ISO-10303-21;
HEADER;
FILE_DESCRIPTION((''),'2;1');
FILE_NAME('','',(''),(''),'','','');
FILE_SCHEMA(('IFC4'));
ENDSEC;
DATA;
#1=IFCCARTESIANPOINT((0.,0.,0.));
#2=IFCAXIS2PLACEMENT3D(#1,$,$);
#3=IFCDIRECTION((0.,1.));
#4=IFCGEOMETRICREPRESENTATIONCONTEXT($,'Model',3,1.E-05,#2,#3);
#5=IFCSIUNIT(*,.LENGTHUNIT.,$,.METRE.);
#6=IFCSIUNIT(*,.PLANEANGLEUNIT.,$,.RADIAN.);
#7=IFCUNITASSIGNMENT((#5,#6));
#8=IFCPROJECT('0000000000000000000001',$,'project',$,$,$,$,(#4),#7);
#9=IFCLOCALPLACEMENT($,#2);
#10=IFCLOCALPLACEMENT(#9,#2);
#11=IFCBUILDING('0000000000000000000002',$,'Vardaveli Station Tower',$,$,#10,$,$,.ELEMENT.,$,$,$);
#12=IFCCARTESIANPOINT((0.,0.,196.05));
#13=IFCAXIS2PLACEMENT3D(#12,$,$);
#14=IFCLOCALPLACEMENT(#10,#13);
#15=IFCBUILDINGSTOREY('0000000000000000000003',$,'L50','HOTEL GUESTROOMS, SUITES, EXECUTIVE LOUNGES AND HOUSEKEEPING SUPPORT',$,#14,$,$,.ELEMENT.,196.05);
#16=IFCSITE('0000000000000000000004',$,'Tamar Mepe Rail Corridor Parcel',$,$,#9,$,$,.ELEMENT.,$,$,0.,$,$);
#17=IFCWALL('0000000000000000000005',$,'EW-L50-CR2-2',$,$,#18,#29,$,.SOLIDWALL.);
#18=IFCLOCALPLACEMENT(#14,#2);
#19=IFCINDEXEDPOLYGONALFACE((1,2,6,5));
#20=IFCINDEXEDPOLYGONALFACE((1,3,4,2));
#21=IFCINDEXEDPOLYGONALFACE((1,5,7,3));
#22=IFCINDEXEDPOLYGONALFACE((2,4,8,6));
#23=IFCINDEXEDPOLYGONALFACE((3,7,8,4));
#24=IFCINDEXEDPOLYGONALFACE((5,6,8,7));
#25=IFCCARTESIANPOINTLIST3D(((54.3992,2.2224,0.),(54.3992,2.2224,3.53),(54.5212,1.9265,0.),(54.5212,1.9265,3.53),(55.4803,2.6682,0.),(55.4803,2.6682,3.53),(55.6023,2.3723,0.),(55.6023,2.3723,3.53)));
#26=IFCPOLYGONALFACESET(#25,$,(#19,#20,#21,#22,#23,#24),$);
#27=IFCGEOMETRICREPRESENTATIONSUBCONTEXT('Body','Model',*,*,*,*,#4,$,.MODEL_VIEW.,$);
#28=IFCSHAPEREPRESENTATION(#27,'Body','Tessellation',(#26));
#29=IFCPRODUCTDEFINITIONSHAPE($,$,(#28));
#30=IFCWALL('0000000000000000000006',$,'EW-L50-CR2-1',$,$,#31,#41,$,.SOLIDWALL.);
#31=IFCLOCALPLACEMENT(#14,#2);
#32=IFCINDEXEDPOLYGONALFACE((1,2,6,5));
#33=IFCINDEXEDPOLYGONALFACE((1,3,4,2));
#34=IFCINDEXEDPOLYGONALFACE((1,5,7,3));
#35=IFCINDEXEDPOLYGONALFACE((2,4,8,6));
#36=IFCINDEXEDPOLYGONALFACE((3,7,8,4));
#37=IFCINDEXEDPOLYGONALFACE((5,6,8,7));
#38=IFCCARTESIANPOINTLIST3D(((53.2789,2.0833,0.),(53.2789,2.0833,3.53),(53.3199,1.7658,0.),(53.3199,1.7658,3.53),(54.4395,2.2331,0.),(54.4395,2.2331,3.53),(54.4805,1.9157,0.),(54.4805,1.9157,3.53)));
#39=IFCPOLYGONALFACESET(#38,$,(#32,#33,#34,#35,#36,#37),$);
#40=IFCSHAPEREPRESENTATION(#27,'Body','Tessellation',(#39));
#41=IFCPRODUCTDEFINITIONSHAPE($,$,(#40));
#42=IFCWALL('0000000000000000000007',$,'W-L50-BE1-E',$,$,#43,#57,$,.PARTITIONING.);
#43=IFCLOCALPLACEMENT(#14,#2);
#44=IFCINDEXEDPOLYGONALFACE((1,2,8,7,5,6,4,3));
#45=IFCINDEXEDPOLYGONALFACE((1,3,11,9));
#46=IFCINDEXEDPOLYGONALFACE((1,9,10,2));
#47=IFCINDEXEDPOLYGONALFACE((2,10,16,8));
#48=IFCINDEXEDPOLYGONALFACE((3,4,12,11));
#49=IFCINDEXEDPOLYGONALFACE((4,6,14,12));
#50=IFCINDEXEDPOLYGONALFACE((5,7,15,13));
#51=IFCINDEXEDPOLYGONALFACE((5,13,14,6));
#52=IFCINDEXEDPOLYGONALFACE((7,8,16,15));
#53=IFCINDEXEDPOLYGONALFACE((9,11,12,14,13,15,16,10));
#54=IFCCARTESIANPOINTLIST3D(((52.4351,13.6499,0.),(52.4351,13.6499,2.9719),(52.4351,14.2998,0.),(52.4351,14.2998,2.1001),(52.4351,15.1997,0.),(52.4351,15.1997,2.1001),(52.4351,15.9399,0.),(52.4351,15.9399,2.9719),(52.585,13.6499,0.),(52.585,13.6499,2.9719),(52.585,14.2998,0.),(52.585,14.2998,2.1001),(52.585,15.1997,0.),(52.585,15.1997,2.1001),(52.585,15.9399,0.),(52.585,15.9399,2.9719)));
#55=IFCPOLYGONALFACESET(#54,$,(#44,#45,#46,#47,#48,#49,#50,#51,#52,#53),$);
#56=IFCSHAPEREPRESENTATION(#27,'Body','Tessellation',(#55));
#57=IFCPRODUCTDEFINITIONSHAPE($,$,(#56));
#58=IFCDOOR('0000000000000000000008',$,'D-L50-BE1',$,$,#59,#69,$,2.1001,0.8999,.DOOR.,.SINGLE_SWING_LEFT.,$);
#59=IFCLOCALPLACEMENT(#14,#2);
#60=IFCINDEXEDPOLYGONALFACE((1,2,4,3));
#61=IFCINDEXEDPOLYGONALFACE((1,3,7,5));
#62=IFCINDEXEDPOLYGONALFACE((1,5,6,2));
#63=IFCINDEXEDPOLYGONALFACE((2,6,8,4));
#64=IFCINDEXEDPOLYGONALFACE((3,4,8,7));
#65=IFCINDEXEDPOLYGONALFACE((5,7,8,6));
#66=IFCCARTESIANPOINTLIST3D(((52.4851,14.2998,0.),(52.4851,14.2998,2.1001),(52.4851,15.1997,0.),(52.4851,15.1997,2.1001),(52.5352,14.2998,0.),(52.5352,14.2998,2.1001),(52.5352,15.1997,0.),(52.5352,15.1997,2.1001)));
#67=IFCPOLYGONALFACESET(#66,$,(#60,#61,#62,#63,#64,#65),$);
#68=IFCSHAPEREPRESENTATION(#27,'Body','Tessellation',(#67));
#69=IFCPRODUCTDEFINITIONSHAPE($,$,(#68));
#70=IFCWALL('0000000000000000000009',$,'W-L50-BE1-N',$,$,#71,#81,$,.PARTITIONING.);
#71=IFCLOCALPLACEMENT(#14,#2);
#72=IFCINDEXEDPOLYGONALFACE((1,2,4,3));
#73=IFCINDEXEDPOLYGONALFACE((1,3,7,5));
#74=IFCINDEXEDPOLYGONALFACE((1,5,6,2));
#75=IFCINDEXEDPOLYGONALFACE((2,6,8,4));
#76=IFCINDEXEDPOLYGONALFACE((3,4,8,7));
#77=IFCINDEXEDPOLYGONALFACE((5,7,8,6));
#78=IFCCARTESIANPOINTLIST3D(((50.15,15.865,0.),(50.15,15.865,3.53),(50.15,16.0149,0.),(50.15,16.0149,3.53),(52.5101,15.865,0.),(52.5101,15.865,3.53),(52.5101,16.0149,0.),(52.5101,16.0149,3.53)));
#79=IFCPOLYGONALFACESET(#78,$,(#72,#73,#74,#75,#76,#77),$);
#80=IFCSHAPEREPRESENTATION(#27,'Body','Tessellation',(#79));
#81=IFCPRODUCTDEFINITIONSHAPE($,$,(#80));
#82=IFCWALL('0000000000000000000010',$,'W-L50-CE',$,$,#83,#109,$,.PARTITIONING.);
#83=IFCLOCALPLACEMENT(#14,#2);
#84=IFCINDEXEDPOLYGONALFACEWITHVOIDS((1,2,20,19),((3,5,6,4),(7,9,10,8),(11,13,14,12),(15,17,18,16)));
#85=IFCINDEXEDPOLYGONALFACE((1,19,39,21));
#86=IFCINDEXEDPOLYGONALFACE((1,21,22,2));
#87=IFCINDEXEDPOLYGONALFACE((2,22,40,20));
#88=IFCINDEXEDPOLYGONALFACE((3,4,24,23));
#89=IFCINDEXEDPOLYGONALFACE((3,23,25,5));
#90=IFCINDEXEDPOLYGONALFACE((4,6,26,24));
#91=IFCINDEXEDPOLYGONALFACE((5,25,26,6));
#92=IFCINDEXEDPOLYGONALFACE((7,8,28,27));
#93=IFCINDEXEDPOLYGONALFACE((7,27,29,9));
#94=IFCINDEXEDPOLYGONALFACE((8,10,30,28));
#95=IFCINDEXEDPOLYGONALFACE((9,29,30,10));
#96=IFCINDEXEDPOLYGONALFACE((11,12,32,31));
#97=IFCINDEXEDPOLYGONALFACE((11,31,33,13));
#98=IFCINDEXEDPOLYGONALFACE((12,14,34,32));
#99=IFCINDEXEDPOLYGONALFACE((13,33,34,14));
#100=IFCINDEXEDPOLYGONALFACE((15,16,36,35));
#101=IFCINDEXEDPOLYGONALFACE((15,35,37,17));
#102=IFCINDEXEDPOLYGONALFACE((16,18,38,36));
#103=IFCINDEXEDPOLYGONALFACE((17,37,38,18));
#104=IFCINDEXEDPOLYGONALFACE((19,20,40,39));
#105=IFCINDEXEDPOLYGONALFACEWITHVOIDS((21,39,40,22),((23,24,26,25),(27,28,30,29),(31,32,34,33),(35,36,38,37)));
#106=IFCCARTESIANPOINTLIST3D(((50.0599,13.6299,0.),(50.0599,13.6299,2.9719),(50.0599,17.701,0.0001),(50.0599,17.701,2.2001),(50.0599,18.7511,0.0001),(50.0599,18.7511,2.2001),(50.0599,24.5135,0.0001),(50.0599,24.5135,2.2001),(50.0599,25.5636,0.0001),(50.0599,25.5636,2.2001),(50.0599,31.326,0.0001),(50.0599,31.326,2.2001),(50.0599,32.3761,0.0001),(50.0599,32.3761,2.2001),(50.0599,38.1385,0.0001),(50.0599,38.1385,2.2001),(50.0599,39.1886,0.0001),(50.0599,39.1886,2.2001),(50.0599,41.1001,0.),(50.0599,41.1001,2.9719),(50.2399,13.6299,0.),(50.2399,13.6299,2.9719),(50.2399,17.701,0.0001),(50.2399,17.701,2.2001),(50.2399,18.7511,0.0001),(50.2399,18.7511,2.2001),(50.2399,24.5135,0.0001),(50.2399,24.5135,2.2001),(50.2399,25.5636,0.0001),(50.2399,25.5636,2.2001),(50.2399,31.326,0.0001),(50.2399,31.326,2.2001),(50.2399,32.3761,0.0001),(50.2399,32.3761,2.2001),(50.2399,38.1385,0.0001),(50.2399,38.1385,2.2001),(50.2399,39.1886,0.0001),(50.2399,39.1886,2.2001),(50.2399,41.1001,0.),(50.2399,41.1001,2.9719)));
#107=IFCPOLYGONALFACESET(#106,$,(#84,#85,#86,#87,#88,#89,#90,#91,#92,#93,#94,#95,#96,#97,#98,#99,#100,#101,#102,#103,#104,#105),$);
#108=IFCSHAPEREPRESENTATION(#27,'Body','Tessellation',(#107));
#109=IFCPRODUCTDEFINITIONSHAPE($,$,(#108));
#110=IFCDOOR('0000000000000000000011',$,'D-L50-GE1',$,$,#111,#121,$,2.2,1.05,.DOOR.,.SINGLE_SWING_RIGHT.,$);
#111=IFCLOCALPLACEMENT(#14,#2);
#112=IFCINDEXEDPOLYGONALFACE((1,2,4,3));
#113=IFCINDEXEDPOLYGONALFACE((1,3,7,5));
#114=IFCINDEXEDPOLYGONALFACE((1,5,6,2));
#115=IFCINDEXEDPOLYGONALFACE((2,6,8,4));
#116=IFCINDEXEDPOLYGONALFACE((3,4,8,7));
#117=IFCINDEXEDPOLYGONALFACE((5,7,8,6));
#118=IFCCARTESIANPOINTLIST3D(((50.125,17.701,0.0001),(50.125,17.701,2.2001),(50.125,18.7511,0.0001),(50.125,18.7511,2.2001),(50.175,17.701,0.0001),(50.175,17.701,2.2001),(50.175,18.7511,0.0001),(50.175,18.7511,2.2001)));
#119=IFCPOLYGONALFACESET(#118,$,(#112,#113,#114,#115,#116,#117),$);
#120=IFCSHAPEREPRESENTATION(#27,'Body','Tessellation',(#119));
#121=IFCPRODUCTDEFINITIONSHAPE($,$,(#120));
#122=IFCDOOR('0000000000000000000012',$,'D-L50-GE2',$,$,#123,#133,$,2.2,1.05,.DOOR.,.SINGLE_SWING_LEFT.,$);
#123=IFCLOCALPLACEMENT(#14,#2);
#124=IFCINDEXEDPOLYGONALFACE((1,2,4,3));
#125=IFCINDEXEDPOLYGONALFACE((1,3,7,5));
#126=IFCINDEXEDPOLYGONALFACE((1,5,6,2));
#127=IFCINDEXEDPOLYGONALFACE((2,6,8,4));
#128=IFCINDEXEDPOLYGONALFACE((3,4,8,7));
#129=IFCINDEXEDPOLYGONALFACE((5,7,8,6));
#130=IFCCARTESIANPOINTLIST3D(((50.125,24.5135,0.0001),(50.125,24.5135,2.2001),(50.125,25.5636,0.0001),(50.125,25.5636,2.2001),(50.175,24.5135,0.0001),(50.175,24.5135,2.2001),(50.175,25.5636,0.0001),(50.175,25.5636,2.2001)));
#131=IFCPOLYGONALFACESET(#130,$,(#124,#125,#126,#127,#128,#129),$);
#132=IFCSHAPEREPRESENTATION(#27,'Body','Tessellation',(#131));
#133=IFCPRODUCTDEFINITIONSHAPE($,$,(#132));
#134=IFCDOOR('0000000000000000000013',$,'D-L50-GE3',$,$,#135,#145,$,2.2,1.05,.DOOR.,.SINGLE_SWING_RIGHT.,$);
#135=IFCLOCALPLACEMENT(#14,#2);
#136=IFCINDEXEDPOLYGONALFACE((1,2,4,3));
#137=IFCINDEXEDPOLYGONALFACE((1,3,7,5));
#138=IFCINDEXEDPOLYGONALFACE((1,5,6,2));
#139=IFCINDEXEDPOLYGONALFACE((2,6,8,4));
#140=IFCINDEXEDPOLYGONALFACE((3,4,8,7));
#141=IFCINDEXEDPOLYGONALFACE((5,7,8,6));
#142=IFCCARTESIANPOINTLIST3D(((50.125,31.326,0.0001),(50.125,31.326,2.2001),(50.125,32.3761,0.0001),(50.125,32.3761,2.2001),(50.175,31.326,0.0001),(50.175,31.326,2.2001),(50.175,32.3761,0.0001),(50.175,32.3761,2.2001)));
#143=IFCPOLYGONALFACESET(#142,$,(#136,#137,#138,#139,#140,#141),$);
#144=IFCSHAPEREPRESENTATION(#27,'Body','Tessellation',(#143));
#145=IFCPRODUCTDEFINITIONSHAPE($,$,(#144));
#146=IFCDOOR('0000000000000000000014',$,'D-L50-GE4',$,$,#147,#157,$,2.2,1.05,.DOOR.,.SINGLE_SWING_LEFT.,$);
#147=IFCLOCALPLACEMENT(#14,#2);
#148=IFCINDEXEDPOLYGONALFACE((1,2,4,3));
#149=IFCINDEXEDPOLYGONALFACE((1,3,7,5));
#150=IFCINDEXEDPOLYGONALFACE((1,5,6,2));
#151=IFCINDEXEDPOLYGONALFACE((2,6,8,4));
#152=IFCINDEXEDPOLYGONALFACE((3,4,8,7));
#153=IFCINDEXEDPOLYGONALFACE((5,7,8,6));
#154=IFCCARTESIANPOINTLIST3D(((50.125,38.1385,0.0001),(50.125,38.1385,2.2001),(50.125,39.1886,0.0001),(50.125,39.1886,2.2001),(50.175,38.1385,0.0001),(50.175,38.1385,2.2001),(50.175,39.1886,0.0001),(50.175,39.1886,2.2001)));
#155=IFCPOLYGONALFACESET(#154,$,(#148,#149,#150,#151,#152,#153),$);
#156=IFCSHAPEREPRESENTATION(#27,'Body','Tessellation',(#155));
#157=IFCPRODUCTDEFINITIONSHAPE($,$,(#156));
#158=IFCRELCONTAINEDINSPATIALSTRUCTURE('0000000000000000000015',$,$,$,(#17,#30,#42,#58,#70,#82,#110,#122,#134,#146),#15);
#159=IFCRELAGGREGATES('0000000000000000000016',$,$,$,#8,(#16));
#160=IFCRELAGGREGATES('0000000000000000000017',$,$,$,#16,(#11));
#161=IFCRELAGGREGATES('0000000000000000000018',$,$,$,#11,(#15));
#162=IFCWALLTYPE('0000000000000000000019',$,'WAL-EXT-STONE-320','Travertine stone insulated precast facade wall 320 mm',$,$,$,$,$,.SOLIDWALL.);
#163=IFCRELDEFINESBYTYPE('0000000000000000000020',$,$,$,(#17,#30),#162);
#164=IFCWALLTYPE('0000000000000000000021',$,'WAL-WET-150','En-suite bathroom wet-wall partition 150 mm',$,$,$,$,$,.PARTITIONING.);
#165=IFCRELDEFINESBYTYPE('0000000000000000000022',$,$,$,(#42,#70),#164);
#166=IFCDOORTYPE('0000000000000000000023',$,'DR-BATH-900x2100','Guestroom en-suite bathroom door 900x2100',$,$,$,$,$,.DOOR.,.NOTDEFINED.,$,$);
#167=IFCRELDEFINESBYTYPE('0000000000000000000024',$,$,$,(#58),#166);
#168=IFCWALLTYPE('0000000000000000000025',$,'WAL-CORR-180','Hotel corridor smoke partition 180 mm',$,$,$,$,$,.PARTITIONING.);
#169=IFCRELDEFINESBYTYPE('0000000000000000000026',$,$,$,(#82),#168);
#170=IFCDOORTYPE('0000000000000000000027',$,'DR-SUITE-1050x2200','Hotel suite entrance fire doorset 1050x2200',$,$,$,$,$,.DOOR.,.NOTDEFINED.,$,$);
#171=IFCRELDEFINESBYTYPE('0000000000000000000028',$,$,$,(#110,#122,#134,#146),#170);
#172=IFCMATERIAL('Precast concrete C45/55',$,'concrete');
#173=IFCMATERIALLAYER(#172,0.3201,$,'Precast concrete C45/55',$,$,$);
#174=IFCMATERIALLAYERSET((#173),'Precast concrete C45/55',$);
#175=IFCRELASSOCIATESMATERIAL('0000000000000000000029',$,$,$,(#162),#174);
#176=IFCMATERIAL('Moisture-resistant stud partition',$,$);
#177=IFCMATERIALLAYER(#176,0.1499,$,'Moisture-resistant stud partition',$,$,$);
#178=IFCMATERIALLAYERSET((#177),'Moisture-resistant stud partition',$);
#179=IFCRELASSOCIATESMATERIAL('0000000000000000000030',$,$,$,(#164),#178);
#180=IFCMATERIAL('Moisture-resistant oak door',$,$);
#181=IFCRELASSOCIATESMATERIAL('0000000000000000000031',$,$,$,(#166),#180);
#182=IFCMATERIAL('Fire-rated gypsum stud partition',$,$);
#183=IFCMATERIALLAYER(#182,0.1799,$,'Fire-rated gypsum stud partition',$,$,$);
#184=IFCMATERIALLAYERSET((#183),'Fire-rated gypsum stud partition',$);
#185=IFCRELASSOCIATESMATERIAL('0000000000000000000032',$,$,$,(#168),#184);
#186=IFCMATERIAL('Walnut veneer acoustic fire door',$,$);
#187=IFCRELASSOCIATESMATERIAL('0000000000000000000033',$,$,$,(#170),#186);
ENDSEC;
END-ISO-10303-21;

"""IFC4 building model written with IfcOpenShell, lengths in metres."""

from ifc_helpers import new_model, si_unit, direction, frame, frame_2d, origin, place, context, subcontext, project, spatial, rectangle, extrude, source, transform, mapped, material, layer, layer_set, type_object, element, fill, save


model = new_model("IFC4")

# Units and contexts
model_context = context("Model", 3, precision=1e-05, world=origin(), true_north=direction((0.0, 1.0)))
body_context = subcontext(model_context, "Body", "Model", "MODEL_VIEW")
ifc_project = project(units=[si_unit("LENGTHUNIT", "METRE"), si_unit("PLANEANGLEUNIT", "RADIAN")], contexts=[model_context])

# Site, building, storey
site_placement = place(None, origin())
site = spatial("IfcSite", under=ifc_project, at=site_placement, Name="Tamar Mepe Rail Corridor Parcel", CompositionType="ELEMENT", RefElevation=0.0)
building_placement = place(site_placement, origin())
building = spatial("IfcBuilding", under=site, at=building_placement, Name="Vardaveli Station Tower", CompositionType="ELEMENT")
storey_placement = place(building_placement, frame((0.0, 0.0, 196.05)))
storey = spatial("IfcBuildingStorey", under=building, at=storey_placement, Name="L50", Description="HOTEL GUESTROOMS, SUITES, EXECUTIVE LOUNGES AND HOUSEKEEPING SUPPORT", CompositionType="ELEMENT", Elevation=196.05)

# Shared definitions
ifc_material_1 = material(Name="Precast concrete C45/55", Category="concrete")

# Shared definitions
ifc_layer_1 = layer(ifc_material_1, 0.3201, Name="Precast concrete C45/55")
ifc_layer_set_1 = layer_set([ifc_layer_1], Name="Precast concrete C45/55")
wall_type_1 = type_object("IfcWallType", Name="WAL-EXT-STONE-320", Description="Travertine stone insulated precast facade wall 320 mm", PredefinedType="SOLIDWALL", material=ifc_layer_set_1)

# Walls
shared_shape_1 = source(origin(), body_context, "Body", "SweptSolid", [
    extrude(rectangle(XDim=1.1694, YDim=0.3201, at=frame_2d((0.5847, 0.0))), origin(), (0.0, 0.0, 1.0), 3.53),
])
wall_1_placement = place(storey_placement, frame((54.4602, 2.0745, 0.0), z_axis=(0.0, 0.0, 1.0), x_axis=(0.924479, 0.381233, 0.0)))
element("IfcWall", 1, at=wall_1_placement, inside=storey, type_object=wall_type_1, Name="EW-L50-CR2-2", PredefinedType="SOLIDWALL", context=body_context, shape_type="MappedRepresentation", body=[
    mapped(shared_shape_1, transform((0.0, 0.0, 0.0), scale=1.0)),
])
shared_shape_2 = source(origin(), body_context, "Body", "SweptSolid", [
    extrude(rectangle(XDim=1.1702, YDim=0.3201, at=frame_2d((0.585, 0.0))), origin(), (0.0, 0.0, 1.0), 3.53),
])
wall_2_placement = place(storey_placement, frame((53.2996, 1.9246, 0.0), z_axis=(0.0, 0.0, 1.0), x_axis=(0.991762, 0.12809, 0.0)))
element("IfcWall", 2, at=wall_2_placement, inside=storey, type_object=wall_type_1, Name="EW-L50-CR2-1", PredefinedType="SOLIDWALL", context=body_context, shape_type="MappedRepresentation", body=[
    mapped(shared_shape_2, transform((0.0, 0.0, 0.0), scale=1.0)),
])

# Wall, opening, door
ifc_material_2 = material(Name="Moisture-resistant stud partition")
ifc_layer_2 = layer(ifc_material_2, 0.1499, Name="Moisture-resistant stud partition")
ifc_layer_set_2 = layer_set([ifc_layer_2], Name="Moisture-resistant stud partition")
wall_type_2 = type_object("IfcWallType", Name="WAL-WET-150", Description="En-suite bathroom wet-wall partition 150 mm", PredefinedType="PARTITIONING", material=ifc_layer_set_2)
shared_shape_3 = source(origin(), body_context, "Body", "SweptSolid", [
    extrude(rectangle(XDim=2.29, YDim=0.1499, at=frame_2d((1.145, 0.0))), origin(), (0.0, 0.0, 1.0), 2.9719),
])
wall_3_placement = place(storey_placement, frame((52.51, 13.6499, 0.0), z_axis=(0.0, 0.0, 1.0), x_axis=(0.0, 1.0, 0.0)))
wall_3 = element("IfcWall", 3, at=wall_3_placement, inside=storey, type_object=wall_type_2, Name="W-L50-BE1-E", PredefinedType="PARTITIONING", context=body_context, shape_type="MappedRepresentation", body=[
    mapped(shared_shape_3, transform((0.0, 0.0, 0.0), scale=1.0)),
])
shared_shape_4 = source(origin(), body_context, "Body", "SweptSolid", [
    extrude(rectangle(XDim=0.8999, YDim=2.1001, at=frame_2d((0.45, 1.05))), frame((0.0, 0.085, 0.0), z_axis=(0.0, -1.0, 0.0), x_axis=(1.0, 0.0, 0.0)), (0.0, 0.0, 1.0), 0.1699),
])
opening_1_placement = place(wall_3_placement, frame((0.6499, 0.0, 0.0)))
opening_1 = element("IfcOpeningElement", 4, at=opening_1_placement, cuts=wall_3, PredefinedType="OPENING", context=body_context, shape_type="MappedRepresentation", body=[
    mapped(shared_shape_4, transform((0.0, 0.0, 0.0), scale=1.0)),
])
ifc_material_3 = material(Name="Moisture-resistant oak door")
door_type_1 = type_object("IfcDoorType", Name="DR-BATH-900x2100", Description="Guestroom en-suite bathroom door 900x2100", OperationType="NOTDEFINED", PredefinedType="DOOR", material=ifc_material_3)
shared_shape_5 = source(origin(), body_context, "Body", "SweptSolid", [
    extrude(rectangle(XDim=0.8999, YDim=2.1001, at=frame_2d((0.45, 1.05))), frame((0.0, 0.0249, 0.0), z_axis=(0.0, -1.0, 0.0), x_axis=(1.0, 0.0, 0.0)), (0.0, 0.0, 1.0), 0.05),
])
door_1_placement = place(opening_1_placement, origin())
door_1 = element("IfcDoor", 5, at=door_1_placement, inside=storey, type_object=door_type_1, Name="D-L50-BE1", OperationType="SINGLE_SWING_LEFT", OverallHeight=2.1001, OverallWidth=0.8999, PredefinedType="DOOR", context=body_context, shape_type="MappedRepresentation", body=[
    mapped(shared_shape_5, transform((0.0, 0.0, 0.0), scale=1.0)),
])
fill(opening_1, door_1)

# Wall
shared_shape_6 = source(origin(), body_context, "Body", "SweptSolid", [
    extrude(rectangle(XDim=2.3601, YDim=0.1499, at=frame_2d((1.1802, 0.0))), origin(), (0.0, 0.0, 1.0), 3.53),
])
wall_4_placement = place(storey_placement, frame((50.1499, 15.9399, 0.0), z_axis=(0.0, 0.0, 1.0), x_axis=(1.0, 0.0, 0.0)))
element("IfcWall", 6, at=wall_4_placement, inside=storey, type_object=wall_type_2, Name="W-L50-BE1-N", PredefinedType="PARTITIONING", context=body_context, shape_type="MappedRepresentation", body=[
    mapped(shared_shape_6, transform((0.0, 0.0, 0.0), scale=1.0)),
])

# Wall, openings, doors
ifc_material_4 = material(Name="Fire-rated gypsum stud partition")
ifc_layer_3 = layer(ifc_material_4, 0.1799, Name="Fire-rated gypsum stud partition")
ifc_layer_set_3 = layer_set([ifc_layer_3], Name="Fire-rated gypsum stud partition")
wall_type_3 = type_object("IfcWallType", Name="WAL-CORR-180", Description="Hotel corridor smoke partition 180 mm", PredefinedType="PARTITIONING", material=ifc_layer_set_3)
shared_shape_7 = source(origin(), body_context, "Body", "SweptSolid", [
    extrude(rectangle(XDim=27.4702, YDim=0.1799, at=frame_2d((13.7351, 0.0))), origin(), (0.0, 0.0, 1.0), 2.9719),
])
wall_5_placement = place(storey_placement, frame((50.1499, 13.6299, 0.0), z_axis=(0.0, 0.0, 1.0), x_axis=(0.0, 1.0, 0.0)))
wall_5 = element("IfcWall", 7, at=wall_5_placement, inside=storey, type_object=wall_type_3, Name="W-L50-CE", PredefinedType="PARTITIONING", context=body_context, shape_type="MappedRepresentation", body=[
    mapped(shared_shape_7, transform((0.0, 0.0, 0.0), scale=1.0)),
])
shared_shape_8 = source(origin(), body_context, "Body", "SweptSolid", [
    extrude(rectangle(XDim=1.05, YDim=2.2, at=frame_2d((0.5249, 1.1001))), frame((0.0, 0.1001, 0.0), z_axis=(0.0, -1.0, 0.0), x_axis=(1.0, 0.0, 0.0)), (0.0, 0.0, 1.0), 0.2),
])
opening_2_placement = place(wall_5_placement, frame((4.0713, 0.0, 0.0)))
opening_2 = element("IfcOpeningElement", 8, at=opening_2_placement, cuts=wall_5, PredefinedType="OPENING", context=body_context, shape_type="MappedRepresentation", body=[
    mapped(shared_shape_8, transform((0.0, 0.0, 0.0), scale=1.0)),
])
opening_3_placement = place(wall_5_placement, frame((10.8838, 0.0, 0.0)))
opening_3 = element("IfcOpeningElement", 9, at=opening_3_placement, cuts=wall_5, PredefinedType="OPENING", context=body_context, shape_type="MappedRepresentation", body=[
    mapped(shared_shape_8, transform((0.0, 0.0, 0.0), scale=1.0)),
])
opening_4_placement = place(wall_5_placement, frame((17.6963, 0.0, 0.0)))
opening_4 = element("IfcOpeningElement", 10, at=opening_4_placement, cuts=wall_5, PredefinedType="OPENING", context=body_context, shape_type="MappedRepresentation", body=[
    mapped(shared_shape_8, transform((0.0, 0.0, 0.0), scale=1.0)),
])
opening_5_placement = place(wall_5_placement, frame((24.5088, 0.0, 0.0)))
opening_5 = element("IfcOpeningElement", 11, at=opening_5_placement, cuts=wall_5, PredefinedType="OPENING", context=body_context, shape_type="MappedRepresentation", body=[
    mapped(shared_shape_8, transform((0.0, 0.0, 0.0), scale=1.0)),
])
ifc_material_5 = material(Name="Walnut veneer acoustic fire door")
door_type_2 = type_object("IfcDoorType", Name="DR-SUITE-1050x2200", Description="Hotel suite entrance fire doorset 1050x2200", OperationType="NOTDEFINED", PredefinedType="DOOR", material=ifc_material_5)
shared_shape_9 = source(origin(), body_context, "Body", "SweptSolid", [
    extrude(rectangle(XDim=1.05, YDim=2.2, at=frame_2d((0.5249, 1.1001))), frame((0.0, 0.0249, 0.0), z_axis=(0.0, -1.0, 0.0), x_axis=(1.0, 0.0, 0.0)), (0.0, 0.0, 1.0), 0.05),
])
door_2_placement = place(opening_2_placement, origin())
door_2 = element("IfcDoor", 12, at=door_2_placement, inside=storey, type_object=door_type_2, Name="D-L50-GE1", OperationType="SINGLE_SWING_RIGHT", OverallHeight=2.2, OverallWidth=1.05, PredefinedType="DOOR", context=body_context, shape_type="MappedRepresentation", body=[
    mapped(shared_shape_9, transform((0.0, 0.0, 0.0), scale=1.0)),
])
fill(opening_2, door_2)
door_3_placement = place(opening_3_placement, origin())
door_3 = element("IfcDoor", 13, at=door_3_placement, inside=storey, type_object=door_type_2, Name="D-L50-GE2", OperationType="SINGLE_SWING_LEFT", OverallHeight=2.2, OverallWidth=1.05, PredefinedType="DOOR", context=body_context, shape_type="MappedRepresentation", body=[
    mapped(shared_shape_9, transform((0.0, 0.0, 0.0), scale=1.0)),
])
fill(opening_3, door_3)
door_4_placement = place(opening_4_placement, origin())
door_4 = element("IfcDoor", 14, at=door_4_placement, inside=storey, type_object=door_type_2, Name="D-L50-GE3", OperationType="SINGLE_SWING_RIGHT", OverallHeight=2.2, OverallWidth=1.05, PredefinedType="DOOR", context=body_context, shape_type="MappedRepresentation", body=[
    mapped(shared_shape_9, transform((0.0, 0.0, 0.0), scale=1.0)),
])
fill(opening_4, door_4)
door_5_placement = place(opening_5_placement, origin())
door_5 = element("IfcDoor", 15, at=door_5_placement, inside=storey, type_object=door_type_2, Name="D-L50-GE4", OperationType="SINGLE_SWING_LEFT", OverallHeight=2.2, OverallWidth=1.05, PredefinedType="DOOR", context=body_context, shape_type="MappedRepresentation", body=[
    mapped(shared_shape_9, transform((0.0, 0.0, 0.0), scale=1.0)),
])
fill(opening_5, door_5)

save(model, "model.ifc")
